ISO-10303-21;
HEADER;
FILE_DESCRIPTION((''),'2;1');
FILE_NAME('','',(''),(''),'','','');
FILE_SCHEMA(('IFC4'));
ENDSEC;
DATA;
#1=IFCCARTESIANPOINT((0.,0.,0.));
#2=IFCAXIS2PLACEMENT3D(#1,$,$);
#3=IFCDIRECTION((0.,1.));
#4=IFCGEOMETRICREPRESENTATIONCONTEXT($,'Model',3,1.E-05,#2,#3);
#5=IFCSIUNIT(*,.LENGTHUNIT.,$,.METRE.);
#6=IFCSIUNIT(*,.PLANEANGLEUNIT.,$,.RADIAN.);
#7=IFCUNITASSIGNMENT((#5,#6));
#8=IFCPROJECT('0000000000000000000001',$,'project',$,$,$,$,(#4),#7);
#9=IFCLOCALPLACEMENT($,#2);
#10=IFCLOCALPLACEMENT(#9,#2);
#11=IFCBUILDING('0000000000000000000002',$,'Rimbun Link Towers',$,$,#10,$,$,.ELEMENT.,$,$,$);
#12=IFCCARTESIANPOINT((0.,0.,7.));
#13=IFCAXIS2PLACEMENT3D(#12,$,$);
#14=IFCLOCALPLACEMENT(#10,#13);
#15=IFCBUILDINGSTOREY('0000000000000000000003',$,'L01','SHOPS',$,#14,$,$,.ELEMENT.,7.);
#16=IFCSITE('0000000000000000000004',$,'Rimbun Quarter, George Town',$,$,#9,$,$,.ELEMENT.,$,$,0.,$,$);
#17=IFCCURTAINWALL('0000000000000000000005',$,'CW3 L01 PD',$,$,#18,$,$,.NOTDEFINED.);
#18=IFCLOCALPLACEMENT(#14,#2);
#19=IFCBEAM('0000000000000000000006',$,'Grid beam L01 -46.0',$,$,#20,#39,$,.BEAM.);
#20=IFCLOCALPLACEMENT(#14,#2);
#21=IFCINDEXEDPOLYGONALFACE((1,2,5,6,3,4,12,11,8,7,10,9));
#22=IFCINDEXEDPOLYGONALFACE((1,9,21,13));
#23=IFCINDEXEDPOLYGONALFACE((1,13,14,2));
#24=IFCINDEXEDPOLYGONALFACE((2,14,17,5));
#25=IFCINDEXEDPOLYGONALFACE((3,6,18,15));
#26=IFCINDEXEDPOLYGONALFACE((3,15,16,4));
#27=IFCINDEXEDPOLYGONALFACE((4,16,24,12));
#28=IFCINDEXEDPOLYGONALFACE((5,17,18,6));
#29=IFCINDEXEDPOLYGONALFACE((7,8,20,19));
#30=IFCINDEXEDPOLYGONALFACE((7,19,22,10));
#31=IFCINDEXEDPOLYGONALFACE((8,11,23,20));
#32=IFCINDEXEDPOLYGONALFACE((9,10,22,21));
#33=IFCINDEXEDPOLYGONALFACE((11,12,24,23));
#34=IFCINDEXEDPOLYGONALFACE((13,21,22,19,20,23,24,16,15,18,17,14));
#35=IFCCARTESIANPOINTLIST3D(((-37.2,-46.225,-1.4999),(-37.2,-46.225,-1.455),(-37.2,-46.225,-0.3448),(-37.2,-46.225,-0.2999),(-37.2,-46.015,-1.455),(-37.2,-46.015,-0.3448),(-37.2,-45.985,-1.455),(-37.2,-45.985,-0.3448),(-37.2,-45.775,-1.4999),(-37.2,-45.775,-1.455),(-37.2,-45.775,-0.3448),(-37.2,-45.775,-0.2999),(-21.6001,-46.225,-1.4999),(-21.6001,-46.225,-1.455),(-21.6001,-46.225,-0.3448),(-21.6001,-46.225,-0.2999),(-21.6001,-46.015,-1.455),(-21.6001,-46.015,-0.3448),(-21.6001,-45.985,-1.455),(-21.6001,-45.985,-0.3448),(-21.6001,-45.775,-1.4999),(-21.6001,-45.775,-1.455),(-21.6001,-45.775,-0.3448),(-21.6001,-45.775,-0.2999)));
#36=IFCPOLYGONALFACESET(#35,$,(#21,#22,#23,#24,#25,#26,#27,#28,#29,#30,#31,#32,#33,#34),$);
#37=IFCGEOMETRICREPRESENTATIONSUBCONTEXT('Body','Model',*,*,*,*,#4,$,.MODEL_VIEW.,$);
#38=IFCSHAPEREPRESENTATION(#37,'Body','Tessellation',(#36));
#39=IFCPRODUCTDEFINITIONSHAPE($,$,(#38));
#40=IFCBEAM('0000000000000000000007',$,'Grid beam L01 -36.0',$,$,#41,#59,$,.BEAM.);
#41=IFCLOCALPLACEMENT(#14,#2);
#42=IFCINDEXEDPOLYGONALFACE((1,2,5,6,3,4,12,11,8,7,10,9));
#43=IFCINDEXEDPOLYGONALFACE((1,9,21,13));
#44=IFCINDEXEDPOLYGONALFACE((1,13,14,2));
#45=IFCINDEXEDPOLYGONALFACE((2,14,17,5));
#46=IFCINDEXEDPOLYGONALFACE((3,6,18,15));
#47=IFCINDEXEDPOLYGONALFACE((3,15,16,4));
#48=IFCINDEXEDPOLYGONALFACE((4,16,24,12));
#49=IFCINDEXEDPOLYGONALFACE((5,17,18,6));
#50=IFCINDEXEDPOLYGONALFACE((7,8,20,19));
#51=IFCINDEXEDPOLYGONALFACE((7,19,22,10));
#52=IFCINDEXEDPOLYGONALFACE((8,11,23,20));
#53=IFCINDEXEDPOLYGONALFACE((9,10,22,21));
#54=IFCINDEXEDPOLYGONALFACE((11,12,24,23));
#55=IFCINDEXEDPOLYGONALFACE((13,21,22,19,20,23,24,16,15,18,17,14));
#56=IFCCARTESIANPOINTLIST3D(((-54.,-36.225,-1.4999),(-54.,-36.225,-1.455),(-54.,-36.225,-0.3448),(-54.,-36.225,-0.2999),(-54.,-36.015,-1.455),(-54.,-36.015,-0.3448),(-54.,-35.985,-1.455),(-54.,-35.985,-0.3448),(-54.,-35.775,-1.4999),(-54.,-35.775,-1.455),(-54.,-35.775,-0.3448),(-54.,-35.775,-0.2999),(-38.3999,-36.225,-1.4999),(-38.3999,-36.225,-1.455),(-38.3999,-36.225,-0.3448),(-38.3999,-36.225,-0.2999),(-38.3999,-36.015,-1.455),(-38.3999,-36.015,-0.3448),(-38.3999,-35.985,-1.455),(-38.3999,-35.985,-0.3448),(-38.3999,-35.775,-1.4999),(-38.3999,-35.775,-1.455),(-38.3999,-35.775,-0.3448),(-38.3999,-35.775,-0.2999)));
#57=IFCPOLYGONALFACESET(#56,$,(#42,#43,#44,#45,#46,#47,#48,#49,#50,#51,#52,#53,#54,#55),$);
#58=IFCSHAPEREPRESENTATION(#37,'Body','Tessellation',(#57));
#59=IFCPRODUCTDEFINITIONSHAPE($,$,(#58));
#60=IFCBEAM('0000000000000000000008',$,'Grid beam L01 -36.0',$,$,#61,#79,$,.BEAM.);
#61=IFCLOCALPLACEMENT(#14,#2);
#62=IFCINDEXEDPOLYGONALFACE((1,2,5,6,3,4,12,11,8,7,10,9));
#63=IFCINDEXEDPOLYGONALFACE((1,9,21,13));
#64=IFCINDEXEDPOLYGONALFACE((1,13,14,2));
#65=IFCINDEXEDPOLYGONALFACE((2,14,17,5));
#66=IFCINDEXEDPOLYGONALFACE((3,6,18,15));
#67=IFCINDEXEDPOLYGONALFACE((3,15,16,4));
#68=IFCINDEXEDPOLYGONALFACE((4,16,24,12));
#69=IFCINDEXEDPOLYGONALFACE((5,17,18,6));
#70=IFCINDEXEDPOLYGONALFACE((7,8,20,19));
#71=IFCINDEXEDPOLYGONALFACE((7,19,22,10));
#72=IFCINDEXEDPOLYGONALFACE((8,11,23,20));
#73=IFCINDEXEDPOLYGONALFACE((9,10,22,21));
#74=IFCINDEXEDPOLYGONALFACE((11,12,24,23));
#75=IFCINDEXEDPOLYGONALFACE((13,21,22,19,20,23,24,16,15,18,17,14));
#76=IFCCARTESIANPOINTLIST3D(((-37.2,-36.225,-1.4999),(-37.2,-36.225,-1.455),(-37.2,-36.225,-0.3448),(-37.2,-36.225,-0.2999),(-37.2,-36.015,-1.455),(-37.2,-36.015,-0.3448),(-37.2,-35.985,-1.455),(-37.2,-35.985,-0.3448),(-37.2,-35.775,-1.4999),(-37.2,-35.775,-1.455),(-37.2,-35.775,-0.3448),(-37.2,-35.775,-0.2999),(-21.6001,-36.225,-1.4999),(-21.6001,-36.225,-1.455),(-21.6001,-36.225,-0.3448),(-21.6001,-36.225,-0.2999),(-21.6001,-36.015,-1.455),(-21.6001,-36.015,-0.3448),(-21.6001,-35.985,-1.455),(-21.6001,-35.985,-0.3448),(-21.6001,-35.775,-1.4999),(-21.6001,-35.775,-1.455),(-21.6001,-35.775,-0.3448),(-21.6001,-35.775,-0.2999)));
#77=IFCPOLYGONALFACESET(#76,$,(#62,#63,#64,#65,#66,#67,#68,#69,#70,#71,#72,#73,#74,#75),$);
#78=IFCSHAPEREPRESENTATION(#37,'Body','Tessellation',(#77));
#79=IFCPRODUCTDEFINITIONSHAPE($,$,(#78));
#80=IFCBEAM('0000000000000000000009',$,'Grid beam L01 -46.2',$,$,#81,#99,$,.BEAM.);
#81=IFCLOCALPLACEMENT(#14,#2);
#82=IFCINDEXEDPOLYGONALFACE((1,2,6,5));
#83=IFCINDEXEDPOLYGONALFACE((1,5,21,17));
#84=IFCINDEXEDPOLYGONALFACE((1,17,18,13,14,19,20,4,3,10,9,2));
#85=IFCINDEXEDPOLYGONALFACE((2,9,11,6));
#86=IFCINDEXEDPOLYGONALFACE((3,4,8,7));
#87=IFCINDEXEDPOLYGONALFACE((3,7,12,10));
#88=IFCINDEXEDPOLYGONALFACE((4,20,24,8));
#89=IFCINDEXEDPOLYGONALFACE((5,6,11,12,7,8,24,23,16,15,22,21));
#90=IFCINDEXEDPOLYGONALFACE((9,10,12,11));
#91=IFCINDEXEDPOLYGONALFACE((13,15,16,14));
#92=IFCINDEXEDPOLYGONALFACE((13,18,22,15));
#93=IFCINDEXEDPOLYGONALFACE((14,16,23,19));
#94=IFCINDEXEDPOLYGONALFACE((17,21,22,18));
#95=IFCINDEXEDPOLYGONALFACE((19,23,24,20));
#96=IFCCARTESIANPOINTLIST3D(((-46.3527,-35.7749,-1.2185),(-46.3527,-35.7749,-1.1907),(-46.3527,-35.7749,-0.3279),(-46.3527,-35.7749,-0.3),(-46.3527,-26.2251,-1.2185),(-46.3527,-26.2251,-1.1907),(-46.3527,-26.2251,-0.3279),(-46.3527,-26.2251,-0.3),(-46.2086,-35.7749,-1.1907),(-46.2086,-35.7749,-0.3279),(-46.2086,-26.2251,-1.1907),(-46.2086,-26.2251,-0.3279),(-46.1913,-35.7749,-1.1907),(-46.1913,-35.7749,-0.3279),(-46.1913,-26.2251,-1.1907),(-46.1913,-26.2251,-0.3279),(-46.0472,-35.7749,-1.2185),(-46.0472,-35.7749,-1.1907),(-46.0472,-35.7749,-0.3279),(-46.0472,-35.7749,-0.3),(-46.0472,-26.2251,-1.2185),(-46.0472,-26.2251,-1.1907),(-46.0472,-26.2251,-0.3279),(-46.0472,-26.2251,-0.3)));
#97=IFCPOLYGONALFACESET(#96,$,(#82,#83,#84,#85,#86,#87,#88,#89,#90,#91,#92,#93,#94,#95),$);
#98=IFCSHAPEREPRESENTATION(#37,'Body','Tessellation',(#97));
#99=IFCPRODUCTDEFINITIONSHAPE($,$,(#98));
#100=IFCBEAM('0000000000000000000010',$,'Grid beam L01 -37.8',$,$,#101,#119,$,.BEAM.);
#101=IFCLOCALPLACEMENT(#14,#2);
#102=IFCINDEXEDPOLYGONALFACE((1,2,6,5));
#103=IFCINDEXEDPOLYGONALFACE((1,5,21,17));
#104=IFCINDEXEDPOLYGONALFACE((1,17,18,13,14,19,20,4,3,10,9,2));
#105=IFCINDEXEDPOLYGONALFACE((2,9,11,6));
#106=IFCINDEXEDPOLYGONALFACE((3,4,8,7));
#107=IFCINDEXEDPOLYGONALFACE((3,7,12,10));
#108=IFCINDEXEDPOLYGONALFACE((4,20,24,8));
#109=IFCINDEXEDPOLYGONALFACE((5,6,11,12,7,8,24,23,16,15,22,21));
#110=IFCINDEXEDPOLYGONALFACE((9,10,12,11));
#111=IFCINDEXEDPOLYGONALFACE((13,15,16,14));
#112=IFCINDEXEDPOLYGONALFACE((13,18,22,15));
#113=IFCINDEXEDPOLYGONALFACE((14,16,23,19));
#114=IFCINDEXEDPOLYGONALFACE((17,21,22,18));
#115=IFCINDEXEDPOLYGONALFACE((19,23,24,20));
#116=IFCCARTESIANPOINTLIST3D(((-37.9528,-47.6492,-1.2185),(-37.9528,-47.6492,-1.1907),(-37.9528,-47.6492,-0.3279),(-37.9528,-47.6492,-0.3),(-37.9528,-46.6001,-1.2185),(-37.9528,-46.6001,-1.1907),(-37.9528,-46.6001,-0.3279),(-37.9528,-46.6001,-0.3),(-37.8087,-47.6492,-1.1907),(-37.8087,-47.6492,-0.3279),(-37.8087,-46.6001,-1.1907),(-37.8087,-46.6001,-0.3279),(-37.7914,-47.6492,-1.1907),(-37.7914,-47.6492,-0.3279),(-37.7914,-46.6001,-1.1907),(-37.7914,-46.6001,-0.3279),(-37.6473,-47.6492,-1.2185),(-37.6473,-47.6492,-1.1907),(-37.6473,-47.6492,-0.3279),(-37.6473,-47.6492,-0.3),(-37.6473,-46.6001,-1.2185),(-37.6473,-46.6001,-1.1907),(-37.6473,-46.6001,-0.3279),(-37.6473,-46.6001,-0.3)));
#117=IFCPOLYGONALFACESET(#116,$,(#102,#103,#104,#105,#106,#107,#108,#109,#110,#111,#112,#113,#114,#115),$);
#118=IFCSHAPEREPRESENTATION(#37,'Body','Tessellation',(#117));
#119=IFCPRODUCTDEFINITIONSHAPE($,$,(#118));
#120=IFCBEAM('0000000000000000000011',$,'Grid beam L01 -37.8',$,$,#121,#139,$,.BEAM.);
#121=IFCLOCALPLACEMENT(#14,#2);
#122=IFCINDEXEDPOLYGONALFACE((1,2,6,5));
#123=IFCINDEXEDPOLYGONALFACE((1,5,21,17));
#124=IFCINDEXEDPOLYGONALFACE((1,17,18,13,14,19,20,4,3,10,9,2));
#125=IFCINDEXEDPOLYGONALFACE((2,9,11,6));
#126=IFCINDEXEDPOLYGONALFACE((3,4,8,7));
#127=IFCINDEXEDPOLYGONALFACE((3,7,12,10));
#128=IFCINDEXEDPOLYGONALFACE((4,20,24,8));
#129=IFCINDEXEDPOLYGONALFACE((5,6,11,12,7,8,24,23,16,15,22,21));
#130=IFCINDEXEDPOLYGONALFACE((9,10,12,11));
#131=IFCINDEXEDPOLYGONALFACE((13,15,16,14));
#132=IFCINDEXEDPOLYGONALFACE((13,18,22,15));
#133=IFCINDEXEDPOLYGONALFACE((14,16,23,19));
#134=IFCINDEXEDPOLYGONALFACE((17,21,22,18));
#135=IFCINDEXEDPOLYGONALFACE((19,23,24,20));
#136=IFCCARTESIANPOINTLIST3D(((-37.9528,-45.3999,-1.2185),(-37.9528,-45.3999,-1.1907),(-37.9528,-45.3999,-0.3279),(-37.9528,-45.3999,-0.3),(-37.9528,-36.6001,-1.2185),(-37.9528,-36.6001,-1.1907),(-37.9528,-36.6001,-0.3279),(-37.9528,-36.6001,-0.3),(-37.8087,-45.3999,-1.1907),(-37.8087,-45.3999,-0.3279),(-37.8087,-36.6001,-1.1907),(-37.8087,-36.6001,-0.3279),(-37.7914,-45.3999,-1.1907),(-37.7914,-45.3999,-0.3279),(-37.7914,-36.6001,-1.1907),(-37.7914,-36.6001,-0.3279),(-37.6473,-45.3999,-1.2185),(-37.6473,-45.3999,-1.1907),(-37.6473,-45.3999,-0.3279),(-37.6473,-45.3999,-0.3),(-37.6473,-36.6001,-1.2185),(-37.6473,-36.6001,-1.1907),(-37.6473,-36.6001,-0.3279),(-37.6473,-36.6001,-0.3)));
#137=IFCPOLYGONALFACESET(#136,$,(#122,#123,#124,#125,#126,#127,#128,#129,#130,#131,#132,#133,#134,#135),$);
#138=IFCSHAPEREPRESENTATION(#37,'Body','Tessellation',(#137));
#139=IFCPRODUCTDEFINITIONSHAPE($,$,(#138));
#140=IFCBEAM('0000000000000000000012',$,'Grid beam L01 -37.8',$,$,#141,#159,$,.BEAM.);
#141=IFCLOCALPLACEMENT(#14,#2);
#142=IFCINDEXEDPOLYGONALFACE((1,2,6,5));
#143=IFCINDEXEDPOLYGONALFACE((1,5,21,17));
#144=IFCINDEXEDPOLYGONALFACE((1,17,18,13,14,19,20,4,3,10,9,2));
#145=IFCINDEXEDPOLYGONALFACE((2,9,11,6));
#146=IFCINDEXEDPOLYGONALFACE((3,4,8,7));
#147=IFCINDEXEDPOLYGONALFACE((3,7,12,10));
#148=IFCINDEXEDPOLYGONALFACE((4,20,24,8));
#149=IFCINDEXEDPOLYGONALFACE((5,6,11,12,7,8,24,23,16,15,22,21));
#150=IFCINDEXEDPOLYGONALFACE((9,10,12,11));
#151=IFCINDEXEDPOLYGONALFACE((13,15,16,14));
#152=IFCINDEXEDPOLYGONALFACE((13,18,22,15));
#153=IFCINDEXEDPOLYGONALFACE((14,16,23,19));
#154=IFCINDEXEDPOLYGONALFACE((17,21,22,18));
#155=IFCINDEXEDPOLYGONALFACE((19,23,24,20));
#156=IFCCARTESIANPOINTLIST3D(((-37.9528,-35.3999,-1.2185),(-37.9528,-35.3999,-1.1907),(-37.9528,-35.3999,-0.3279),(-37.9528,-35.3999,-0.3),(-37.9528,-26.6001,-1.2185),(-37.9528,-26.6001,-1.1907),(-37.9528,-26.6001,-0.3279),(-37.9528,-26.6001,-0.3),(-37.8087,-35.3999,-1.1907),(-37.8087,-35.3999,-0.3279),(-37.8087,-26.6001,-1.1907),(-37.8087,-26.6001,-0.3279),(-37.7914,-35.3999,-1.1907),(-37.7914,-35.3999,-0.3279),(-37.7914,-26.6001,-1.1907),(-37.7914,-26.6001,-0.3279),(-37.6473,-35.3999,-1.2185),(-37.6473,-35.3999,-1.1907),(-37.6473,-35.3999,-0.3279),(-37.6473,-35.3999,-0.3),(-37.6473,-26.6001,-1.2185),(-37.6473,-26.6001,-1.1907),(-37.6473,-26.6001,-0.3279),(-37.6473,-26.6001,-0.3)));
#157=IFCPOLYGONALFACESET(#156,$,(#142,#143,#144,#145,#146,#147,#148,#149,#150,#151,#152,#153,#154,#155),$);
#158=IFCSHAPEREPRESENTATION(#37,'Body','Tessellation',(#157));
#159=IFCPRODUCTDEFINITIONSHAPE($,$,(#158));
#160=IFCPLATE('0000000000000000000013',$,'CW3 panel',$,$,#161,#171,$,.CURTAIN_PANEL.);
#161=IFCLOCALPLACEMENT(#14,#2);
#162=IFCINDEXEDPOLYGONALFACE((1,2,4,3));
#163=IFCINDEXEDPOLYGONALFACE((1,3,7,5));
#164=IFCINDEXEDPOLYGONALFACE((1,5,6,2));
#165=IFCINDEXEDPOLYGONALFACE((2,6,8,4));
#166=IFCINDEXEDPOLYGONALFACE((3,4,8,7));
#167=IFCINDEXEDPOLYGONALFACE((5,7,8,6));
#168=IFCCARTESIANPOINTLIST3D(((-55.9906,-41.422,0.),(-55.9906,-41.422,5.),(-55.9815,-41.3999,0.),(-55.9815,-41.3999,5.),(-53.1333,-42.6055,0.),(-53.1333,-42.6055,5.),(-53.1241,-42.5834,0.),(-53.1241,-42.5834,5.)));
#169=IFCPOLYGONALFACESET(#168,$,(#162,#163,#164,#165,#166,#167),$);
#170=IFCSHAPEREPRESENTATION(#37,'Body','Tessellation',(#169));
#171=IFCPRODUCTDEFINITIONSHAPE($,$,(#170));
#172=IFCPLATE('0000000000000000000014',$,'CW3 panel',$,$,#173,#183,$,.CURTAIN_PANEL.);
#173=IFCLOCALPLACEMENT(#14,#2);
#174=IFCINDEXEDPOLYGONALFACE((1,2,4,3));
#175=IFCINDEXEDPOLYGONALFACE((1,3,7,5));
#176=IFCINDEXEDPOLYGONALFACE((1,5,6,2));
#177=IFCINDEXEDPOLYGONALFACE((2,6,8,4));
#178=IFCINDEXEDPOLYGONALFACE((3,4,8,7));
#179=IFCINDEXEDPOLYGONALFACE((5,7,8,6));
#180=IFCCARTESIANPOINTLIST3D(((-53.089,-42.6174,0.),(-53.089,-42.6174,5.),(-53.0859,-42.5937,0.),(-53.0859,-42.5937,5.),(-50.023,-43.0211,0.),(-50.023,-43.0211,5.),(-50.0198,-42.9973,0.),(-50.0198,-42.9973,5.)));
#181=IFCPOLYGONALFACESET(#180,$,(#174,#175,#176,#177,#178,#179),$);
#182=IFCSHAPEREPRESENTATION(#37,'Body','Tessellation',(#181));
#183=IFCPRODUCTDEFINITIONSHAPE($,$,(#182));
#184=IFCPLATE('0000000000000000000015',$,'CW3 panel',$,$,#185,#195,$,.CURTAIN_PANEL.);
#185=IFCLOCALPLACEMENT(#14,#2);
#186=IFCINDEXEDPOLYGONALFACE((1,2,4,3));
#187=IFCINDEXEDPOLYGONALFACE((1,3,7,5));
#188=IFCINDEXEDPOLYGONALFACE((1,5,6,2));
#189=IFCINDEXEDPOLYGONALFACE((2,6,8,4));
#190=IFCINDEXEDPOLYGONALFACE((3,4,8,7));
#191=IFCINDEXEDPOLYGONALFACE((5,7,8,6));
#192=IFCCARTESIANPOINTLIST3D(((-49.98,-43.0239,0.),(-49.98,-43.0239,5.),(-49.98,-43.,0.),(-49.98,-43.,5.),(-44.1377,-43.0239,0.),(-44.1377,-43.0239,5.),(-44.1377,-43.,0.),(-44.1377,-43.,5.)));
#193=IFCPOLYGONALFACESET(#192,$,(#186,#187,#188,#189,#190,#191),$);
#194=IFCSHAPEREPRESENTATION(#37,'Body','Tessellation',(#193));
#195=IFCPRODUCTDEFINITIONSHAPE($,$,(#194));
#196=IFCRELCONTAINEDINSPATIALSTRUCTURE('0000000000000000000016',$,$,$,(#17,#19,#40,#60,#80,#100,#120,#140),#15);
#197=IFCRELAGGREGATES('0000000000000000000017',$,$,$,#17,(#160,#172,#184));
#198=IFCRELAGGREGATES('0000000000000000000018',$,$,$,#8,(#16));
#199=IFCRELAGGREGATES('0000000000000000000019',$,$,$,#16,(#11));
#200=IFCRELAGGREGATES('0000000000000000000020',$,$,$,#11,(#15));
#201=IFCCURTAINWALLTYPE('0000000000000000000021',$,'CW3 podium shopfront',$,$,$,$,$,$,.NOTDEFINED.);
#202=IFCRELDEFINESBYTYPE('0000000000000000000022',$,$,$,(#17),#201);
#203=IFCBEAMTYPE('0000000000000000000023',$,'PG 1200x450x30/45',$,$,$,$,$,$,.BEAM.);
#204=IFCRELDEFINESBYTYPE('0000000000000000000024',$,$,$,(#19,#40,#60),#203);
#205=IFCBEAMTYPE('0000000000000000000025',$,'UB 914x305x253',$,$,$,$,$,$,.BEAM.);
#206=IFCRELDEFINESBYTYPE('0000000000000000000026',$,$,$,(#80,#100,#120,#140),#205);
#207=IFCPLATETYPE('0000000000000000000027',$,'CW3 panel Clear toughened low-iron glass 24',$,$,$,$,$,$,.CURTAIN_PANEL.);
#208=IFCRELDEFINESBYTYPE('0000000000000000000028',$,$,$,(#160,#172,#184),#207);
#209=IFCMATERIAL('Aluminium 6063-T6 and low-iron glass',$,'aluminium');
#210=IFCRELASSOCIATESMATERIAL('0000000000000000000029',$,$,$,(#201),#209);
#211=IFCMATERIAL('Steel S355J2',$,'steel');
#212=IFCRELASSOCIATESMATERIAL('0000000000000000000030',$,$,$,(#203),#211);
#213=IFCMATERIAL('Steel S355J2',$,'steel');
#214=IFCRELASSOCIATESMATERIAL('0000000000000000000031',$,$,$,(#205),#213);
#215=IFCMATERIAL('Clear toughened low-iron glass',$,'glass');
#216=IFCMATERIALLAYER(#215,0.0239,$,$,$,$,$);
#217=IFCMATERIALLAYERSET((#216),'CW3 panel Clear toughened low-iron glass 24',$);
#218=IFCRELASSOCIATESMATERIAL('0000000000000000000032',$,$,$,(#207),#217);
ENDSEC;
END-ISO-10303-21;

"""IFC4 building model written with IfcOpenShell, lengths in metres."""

from ifc_helpers import new_model, si_unit, direction, frame, origin, origin_2d, place, context, subcontext, project, spatial, rectangle, i_section, extrude, material, layer, layer_set, material_profile, profile_set, type_object, element, aggregate, save


model = new_model("IFC4")

# Units and contexts
model_context = context("Model", 3, precision=1e-05, world=origin(), true_north=direction((0.0, 1.0)))
body_context = subcontext(model_context, "Body", "Model", "MODEL_VIEW")
ifc_project = project(units=[si_unit("LENGTHUNIT", "METRE"), si_unit("PLANEANGLEUNIT", "RADIAN")], contexts=[model_context])

# Site, building, storey
site_placement = place(None, origin())
site = spatial("IfcSite", under=ifc_project, at=site_placement, Name="Rimbun Quarter, George Town", CompositionType="ELEMENT", RefElevation=0.0)
building_placement = place(site_placement, origin())
building = spatial("IfcBuilding", under=site, at=building_placement, Name="Rimbun Link Towers", CompositionType="ELEMENT")
storey_placement = place(building_placement, frame((0.0, 0.0, 7.0)))
storey = spatial("IfcBuildingStorey", under=building, at=storey_placement, Name="L01", Description="SHOPS", CompositionType="ELEMENT", Elevation=7.0)

# Curtain wall
ifc_material_1 = material(Name="Aluminium 6063-T6 and low-iron glass", Category="aluminium")
curtain_wall_type = type_object("IfcCurtainWallType", Name="CW3 podium shopfront", PredefinedType="NOTDEFINED", material=ifc_material_1)
curtain_wall_placement = place(storey_placement, origin())
curtain_wall = element("IfcCurtainWall", 1, at=curtain_wall_placement, inside=storey, type_object=curtain_wall_type, Name="CW3 L01 PD", PredefinedType="NOTDEFINED")

# Beams
ifc_material_2 = material(Name="Steel S355J2", Category="steel")
ifc_material_profile_1 = material_profile(ifc_material_2, i_section(OverallWidth=0.45, OverallDepth=1.2, WebThickness=0.03, FlangeThickness=0.0449, at=origin_2d()), Name="PG 1200x450x30/45")
ifc_profile_set_1 = profile_set([ifc_material_profile_1], Name="Steel S355J2")
beam_type_1 = type_object("IfcBeamType", Name="PG 1200x450x30/45", PredefinedType="BEAM", material=ifc_profile_set_1)
beam_1_placement = place(storey_placement, frame((-37.2, -46.0, -0.8999), z_axis=(1.0, 0.0, 0.0), x_axis=(0.0, 1.0, 0.0)))
element("IfcBeam", 2, at=beam_1_placement, inside=storey, type_object=beam_type_1, Name="Grid beam L01 -46.0", PredefinedType="BEAM", context=body_context, shape_type="SweptSolid", body=[
    extrude(i_section(OverallWidth=0.45, OverallDepth=1.2, WebThickness=0.03, FlangeThickness=0.0449, at=origin_2d()), origin(), (0.0, 0.0, 1.0), 15.5999),
])
beam_2_placement = place(storey_placement, frame((-54.0, -36.0, -0.8999), z_axis=(1.0, 0.0, 0.0), x_axis=(0.0, 1.0, 0.0)))
element("IfcBeam", 3, at=beam_2_placement, inside=storey, type_object=beam_type_1, Name="Grid beam L01 -36.0", PredefinedType="BEAM", context=body_context, shape_type="SweptSolid", body=[
    extrude(i_section(OverallWidth=0.45, OverallDepth=1.2, WebThickness=0.03, FlangeThickness=0.0449, at=origin_2d()), origin(), (0.0, 0.0, 1.0), 15.6001),
])
beam_3_placement = place(storey_placement, frame((-37.2, -36.0, -0.8999), z_axis=(1.0, 0.0, 0.0), x_axis=(0.0, 1.0, 0.0)))
element("IfcBeam", 4, at=beam_3_placement, inside=storey, type_object=beam_type_1, Name="Grid beam L01 -36.0", PredefinedType="BEAM", context=body_context, shape_type="SweptSolid", body=[
    extrude(i_section(OverallWidth=0.45, OverallDepth=1.2, WebThickness=0.03, FlangeThickness=0.0449, at=origin_2d()), origin(), (0.0, 0.0, 1.0), 15.5999),
])
ifc_material_3 = material(Name="Steel S355J2", Category="steel")
ifc_material_profile_2 = material_profile(ifc_material_3, i_section(OverallWidth=0.3054, OverallDepth=0.9185, WebThickness=0.0173, FlangeThickness=0.0278, at=origin_2d()), Name="UB 914x305x253")
ifc_profile_set_2 = profile_set([ifc_material_profile_2], Name="Steel S355J2")
beam_type_2 = type_object("IfcBeamType", Name="UB 914x305x253", PredefinedType="BEAM", material=ifc_profile_set_2)
beam_4_placement = place(storey_placement, frame((-46.2, -35.7749, -0.7593), z_axis=(0.0, 1.0, 0.0), x_axis=(-1.0, 0.0, 0.0)))
element("IfcBeam", 5, at=beam_4_placement, inside=storey, type_object=beam_type_2, Name="Grid beam L01 -46.2", PredefinedType="BEAM", context=body_context, shape_type="SweptSolid", body=[
    extrude(i_section(OverallWidth=0.3054, OverallDepth=0.9185, WebThickness=0.0173, FlangeThickness=0.0278, at=origin_2d()), origin(), (0.0, 0.0, 1.0), 9.5498),
])
beam_5_placement = place(storey_placement, frame((-37.8, -47.6492, -0.7593), z_axis=(0.0, 1.0, 0.0), x_axis=(-1.0, 0.0, 0.0)))
element("IfcBeam", 6, at=beam_5_placement, inside=storey, type_object=beam_type_2, Name="Grid beam L01 -37.8", PredefinedType="BEAM", context=body_context, shape_type="SweptSolid", body=[
    extrude(i_section(OverallWidth=0.3054, OverallDepth=0.9185, WebThickness=0.0173, FlangeThickness=0.0278, at=origin_2d()), origin(), (0.0, 0.0, 1.0), 1.0491),
])
for number, where, z_axis, x_axis, name in (
    (7, (-37.8, -45.3999, -0.7593), (0.0, 1.0, 0.0), (-1.0, 0.0, 0.0), "Grid beam L01 -37.8"),
    (8, (-37.8, -35.3999, -0.7593), (0.0, 1.0, 0.0), (-1.0, 0.0, 0.0), "Grid beam L01 -37.8"),
):
    element("IfcBeam", number, at=place(storey_placement, frame(where, z_axis=z_axis, x_axis=x_axis)), inside=storey, type_object=beam_type_2, Name=name, PredefinedType="BEAM", context=body_context, shape_type="SweptSolid", body=[
        extrude(i_section(OverallWidth=0.3054, OverallDepth=0.9185, WebThickness=0.0173, FlangeThickness=0.0278, at=origin_2d()), origin(), (0.0, 0.0, 1.0), 8.7998),
    ])

# Plates
ifc_material_4 = material(Name="Clear toughened low-iron glass", Category="glass")
ifc_layer_1 = layer(ifc_material_4, 0.0239)
ifc_layer_set_1 = layer_set([ifc_layer_1], Name="CW3 panel Clear toughened low-iron glass 24")
plate_type = type_object("IfcPlateType", Name="CW3 panel Clear toughened low-iron glass 24", PredefinedType="CURTAIN_PANEL", material=ifc_layer_set_1)
plate_1_placement = place(storey_placement, frame((-54.5574, -42.0027, 0.0), z_axis=(0.0, 0.0, 1.0), x_axis=(-0.923881, 0.382679, 0.0)))
plate_1 = element("IfcPlate", 9, at=plate_1_placement, type_object=plate_type, Name="CW3 panel", PredefinedType="CURTAIN_PANEL", context=body_context, shape_type="SweptSolid", body=[
    extrude(rectangle(XDim=3.0928, YDim=0.0239, at=origin_2d()), origin(), (0.0, 0.0, 1.0), 5.0),
])
plate_2_placement = place(storey_placement, frame((-51.5544, -42.8074, 0.0), z_axis=(0.0, 0.0, 1.0), x_axis=(-0.991444, 0.13053, 0.0)))
plate_2 = element("IfcPlate", 10, at=plate_2_placement, type_object=plate_type, Name="CW3 panel", PredefinedType="CURTAIN_PANEL", context=body_context, shape_type="SweptSolid", body=[
    extrude(rectangle(XDim=3.0925, YDim=0.0239, at=origin_2d()), origin(), (0.0, 0.0, 1.0), 5.0),
])
plate_3_placement = place(storey_placement, frame((-47.0588, -43.012, 0.0), z_axis=(0.0, 0.0, 1.0), x_axis=(-1.0, 0.0, 0.0)))
plate_3 = element("IfcPlate", 11, at=plate_3_placement, type_object=plate_type, Name="CW3 panel", PredefinedType="CURTAIN_PANEL", context=body_context, shape_type="SweptSolid", body=[
    extrude(rectangle(XDim=5.8423, YDim=0.0239, at=origin_2d()), origin(), (0.0, 0.0, 1.0), 5.0),
])
aggregate(curtain_wall, [plate_1, plate_2, plate_3])

save(model, "model.ifc")
